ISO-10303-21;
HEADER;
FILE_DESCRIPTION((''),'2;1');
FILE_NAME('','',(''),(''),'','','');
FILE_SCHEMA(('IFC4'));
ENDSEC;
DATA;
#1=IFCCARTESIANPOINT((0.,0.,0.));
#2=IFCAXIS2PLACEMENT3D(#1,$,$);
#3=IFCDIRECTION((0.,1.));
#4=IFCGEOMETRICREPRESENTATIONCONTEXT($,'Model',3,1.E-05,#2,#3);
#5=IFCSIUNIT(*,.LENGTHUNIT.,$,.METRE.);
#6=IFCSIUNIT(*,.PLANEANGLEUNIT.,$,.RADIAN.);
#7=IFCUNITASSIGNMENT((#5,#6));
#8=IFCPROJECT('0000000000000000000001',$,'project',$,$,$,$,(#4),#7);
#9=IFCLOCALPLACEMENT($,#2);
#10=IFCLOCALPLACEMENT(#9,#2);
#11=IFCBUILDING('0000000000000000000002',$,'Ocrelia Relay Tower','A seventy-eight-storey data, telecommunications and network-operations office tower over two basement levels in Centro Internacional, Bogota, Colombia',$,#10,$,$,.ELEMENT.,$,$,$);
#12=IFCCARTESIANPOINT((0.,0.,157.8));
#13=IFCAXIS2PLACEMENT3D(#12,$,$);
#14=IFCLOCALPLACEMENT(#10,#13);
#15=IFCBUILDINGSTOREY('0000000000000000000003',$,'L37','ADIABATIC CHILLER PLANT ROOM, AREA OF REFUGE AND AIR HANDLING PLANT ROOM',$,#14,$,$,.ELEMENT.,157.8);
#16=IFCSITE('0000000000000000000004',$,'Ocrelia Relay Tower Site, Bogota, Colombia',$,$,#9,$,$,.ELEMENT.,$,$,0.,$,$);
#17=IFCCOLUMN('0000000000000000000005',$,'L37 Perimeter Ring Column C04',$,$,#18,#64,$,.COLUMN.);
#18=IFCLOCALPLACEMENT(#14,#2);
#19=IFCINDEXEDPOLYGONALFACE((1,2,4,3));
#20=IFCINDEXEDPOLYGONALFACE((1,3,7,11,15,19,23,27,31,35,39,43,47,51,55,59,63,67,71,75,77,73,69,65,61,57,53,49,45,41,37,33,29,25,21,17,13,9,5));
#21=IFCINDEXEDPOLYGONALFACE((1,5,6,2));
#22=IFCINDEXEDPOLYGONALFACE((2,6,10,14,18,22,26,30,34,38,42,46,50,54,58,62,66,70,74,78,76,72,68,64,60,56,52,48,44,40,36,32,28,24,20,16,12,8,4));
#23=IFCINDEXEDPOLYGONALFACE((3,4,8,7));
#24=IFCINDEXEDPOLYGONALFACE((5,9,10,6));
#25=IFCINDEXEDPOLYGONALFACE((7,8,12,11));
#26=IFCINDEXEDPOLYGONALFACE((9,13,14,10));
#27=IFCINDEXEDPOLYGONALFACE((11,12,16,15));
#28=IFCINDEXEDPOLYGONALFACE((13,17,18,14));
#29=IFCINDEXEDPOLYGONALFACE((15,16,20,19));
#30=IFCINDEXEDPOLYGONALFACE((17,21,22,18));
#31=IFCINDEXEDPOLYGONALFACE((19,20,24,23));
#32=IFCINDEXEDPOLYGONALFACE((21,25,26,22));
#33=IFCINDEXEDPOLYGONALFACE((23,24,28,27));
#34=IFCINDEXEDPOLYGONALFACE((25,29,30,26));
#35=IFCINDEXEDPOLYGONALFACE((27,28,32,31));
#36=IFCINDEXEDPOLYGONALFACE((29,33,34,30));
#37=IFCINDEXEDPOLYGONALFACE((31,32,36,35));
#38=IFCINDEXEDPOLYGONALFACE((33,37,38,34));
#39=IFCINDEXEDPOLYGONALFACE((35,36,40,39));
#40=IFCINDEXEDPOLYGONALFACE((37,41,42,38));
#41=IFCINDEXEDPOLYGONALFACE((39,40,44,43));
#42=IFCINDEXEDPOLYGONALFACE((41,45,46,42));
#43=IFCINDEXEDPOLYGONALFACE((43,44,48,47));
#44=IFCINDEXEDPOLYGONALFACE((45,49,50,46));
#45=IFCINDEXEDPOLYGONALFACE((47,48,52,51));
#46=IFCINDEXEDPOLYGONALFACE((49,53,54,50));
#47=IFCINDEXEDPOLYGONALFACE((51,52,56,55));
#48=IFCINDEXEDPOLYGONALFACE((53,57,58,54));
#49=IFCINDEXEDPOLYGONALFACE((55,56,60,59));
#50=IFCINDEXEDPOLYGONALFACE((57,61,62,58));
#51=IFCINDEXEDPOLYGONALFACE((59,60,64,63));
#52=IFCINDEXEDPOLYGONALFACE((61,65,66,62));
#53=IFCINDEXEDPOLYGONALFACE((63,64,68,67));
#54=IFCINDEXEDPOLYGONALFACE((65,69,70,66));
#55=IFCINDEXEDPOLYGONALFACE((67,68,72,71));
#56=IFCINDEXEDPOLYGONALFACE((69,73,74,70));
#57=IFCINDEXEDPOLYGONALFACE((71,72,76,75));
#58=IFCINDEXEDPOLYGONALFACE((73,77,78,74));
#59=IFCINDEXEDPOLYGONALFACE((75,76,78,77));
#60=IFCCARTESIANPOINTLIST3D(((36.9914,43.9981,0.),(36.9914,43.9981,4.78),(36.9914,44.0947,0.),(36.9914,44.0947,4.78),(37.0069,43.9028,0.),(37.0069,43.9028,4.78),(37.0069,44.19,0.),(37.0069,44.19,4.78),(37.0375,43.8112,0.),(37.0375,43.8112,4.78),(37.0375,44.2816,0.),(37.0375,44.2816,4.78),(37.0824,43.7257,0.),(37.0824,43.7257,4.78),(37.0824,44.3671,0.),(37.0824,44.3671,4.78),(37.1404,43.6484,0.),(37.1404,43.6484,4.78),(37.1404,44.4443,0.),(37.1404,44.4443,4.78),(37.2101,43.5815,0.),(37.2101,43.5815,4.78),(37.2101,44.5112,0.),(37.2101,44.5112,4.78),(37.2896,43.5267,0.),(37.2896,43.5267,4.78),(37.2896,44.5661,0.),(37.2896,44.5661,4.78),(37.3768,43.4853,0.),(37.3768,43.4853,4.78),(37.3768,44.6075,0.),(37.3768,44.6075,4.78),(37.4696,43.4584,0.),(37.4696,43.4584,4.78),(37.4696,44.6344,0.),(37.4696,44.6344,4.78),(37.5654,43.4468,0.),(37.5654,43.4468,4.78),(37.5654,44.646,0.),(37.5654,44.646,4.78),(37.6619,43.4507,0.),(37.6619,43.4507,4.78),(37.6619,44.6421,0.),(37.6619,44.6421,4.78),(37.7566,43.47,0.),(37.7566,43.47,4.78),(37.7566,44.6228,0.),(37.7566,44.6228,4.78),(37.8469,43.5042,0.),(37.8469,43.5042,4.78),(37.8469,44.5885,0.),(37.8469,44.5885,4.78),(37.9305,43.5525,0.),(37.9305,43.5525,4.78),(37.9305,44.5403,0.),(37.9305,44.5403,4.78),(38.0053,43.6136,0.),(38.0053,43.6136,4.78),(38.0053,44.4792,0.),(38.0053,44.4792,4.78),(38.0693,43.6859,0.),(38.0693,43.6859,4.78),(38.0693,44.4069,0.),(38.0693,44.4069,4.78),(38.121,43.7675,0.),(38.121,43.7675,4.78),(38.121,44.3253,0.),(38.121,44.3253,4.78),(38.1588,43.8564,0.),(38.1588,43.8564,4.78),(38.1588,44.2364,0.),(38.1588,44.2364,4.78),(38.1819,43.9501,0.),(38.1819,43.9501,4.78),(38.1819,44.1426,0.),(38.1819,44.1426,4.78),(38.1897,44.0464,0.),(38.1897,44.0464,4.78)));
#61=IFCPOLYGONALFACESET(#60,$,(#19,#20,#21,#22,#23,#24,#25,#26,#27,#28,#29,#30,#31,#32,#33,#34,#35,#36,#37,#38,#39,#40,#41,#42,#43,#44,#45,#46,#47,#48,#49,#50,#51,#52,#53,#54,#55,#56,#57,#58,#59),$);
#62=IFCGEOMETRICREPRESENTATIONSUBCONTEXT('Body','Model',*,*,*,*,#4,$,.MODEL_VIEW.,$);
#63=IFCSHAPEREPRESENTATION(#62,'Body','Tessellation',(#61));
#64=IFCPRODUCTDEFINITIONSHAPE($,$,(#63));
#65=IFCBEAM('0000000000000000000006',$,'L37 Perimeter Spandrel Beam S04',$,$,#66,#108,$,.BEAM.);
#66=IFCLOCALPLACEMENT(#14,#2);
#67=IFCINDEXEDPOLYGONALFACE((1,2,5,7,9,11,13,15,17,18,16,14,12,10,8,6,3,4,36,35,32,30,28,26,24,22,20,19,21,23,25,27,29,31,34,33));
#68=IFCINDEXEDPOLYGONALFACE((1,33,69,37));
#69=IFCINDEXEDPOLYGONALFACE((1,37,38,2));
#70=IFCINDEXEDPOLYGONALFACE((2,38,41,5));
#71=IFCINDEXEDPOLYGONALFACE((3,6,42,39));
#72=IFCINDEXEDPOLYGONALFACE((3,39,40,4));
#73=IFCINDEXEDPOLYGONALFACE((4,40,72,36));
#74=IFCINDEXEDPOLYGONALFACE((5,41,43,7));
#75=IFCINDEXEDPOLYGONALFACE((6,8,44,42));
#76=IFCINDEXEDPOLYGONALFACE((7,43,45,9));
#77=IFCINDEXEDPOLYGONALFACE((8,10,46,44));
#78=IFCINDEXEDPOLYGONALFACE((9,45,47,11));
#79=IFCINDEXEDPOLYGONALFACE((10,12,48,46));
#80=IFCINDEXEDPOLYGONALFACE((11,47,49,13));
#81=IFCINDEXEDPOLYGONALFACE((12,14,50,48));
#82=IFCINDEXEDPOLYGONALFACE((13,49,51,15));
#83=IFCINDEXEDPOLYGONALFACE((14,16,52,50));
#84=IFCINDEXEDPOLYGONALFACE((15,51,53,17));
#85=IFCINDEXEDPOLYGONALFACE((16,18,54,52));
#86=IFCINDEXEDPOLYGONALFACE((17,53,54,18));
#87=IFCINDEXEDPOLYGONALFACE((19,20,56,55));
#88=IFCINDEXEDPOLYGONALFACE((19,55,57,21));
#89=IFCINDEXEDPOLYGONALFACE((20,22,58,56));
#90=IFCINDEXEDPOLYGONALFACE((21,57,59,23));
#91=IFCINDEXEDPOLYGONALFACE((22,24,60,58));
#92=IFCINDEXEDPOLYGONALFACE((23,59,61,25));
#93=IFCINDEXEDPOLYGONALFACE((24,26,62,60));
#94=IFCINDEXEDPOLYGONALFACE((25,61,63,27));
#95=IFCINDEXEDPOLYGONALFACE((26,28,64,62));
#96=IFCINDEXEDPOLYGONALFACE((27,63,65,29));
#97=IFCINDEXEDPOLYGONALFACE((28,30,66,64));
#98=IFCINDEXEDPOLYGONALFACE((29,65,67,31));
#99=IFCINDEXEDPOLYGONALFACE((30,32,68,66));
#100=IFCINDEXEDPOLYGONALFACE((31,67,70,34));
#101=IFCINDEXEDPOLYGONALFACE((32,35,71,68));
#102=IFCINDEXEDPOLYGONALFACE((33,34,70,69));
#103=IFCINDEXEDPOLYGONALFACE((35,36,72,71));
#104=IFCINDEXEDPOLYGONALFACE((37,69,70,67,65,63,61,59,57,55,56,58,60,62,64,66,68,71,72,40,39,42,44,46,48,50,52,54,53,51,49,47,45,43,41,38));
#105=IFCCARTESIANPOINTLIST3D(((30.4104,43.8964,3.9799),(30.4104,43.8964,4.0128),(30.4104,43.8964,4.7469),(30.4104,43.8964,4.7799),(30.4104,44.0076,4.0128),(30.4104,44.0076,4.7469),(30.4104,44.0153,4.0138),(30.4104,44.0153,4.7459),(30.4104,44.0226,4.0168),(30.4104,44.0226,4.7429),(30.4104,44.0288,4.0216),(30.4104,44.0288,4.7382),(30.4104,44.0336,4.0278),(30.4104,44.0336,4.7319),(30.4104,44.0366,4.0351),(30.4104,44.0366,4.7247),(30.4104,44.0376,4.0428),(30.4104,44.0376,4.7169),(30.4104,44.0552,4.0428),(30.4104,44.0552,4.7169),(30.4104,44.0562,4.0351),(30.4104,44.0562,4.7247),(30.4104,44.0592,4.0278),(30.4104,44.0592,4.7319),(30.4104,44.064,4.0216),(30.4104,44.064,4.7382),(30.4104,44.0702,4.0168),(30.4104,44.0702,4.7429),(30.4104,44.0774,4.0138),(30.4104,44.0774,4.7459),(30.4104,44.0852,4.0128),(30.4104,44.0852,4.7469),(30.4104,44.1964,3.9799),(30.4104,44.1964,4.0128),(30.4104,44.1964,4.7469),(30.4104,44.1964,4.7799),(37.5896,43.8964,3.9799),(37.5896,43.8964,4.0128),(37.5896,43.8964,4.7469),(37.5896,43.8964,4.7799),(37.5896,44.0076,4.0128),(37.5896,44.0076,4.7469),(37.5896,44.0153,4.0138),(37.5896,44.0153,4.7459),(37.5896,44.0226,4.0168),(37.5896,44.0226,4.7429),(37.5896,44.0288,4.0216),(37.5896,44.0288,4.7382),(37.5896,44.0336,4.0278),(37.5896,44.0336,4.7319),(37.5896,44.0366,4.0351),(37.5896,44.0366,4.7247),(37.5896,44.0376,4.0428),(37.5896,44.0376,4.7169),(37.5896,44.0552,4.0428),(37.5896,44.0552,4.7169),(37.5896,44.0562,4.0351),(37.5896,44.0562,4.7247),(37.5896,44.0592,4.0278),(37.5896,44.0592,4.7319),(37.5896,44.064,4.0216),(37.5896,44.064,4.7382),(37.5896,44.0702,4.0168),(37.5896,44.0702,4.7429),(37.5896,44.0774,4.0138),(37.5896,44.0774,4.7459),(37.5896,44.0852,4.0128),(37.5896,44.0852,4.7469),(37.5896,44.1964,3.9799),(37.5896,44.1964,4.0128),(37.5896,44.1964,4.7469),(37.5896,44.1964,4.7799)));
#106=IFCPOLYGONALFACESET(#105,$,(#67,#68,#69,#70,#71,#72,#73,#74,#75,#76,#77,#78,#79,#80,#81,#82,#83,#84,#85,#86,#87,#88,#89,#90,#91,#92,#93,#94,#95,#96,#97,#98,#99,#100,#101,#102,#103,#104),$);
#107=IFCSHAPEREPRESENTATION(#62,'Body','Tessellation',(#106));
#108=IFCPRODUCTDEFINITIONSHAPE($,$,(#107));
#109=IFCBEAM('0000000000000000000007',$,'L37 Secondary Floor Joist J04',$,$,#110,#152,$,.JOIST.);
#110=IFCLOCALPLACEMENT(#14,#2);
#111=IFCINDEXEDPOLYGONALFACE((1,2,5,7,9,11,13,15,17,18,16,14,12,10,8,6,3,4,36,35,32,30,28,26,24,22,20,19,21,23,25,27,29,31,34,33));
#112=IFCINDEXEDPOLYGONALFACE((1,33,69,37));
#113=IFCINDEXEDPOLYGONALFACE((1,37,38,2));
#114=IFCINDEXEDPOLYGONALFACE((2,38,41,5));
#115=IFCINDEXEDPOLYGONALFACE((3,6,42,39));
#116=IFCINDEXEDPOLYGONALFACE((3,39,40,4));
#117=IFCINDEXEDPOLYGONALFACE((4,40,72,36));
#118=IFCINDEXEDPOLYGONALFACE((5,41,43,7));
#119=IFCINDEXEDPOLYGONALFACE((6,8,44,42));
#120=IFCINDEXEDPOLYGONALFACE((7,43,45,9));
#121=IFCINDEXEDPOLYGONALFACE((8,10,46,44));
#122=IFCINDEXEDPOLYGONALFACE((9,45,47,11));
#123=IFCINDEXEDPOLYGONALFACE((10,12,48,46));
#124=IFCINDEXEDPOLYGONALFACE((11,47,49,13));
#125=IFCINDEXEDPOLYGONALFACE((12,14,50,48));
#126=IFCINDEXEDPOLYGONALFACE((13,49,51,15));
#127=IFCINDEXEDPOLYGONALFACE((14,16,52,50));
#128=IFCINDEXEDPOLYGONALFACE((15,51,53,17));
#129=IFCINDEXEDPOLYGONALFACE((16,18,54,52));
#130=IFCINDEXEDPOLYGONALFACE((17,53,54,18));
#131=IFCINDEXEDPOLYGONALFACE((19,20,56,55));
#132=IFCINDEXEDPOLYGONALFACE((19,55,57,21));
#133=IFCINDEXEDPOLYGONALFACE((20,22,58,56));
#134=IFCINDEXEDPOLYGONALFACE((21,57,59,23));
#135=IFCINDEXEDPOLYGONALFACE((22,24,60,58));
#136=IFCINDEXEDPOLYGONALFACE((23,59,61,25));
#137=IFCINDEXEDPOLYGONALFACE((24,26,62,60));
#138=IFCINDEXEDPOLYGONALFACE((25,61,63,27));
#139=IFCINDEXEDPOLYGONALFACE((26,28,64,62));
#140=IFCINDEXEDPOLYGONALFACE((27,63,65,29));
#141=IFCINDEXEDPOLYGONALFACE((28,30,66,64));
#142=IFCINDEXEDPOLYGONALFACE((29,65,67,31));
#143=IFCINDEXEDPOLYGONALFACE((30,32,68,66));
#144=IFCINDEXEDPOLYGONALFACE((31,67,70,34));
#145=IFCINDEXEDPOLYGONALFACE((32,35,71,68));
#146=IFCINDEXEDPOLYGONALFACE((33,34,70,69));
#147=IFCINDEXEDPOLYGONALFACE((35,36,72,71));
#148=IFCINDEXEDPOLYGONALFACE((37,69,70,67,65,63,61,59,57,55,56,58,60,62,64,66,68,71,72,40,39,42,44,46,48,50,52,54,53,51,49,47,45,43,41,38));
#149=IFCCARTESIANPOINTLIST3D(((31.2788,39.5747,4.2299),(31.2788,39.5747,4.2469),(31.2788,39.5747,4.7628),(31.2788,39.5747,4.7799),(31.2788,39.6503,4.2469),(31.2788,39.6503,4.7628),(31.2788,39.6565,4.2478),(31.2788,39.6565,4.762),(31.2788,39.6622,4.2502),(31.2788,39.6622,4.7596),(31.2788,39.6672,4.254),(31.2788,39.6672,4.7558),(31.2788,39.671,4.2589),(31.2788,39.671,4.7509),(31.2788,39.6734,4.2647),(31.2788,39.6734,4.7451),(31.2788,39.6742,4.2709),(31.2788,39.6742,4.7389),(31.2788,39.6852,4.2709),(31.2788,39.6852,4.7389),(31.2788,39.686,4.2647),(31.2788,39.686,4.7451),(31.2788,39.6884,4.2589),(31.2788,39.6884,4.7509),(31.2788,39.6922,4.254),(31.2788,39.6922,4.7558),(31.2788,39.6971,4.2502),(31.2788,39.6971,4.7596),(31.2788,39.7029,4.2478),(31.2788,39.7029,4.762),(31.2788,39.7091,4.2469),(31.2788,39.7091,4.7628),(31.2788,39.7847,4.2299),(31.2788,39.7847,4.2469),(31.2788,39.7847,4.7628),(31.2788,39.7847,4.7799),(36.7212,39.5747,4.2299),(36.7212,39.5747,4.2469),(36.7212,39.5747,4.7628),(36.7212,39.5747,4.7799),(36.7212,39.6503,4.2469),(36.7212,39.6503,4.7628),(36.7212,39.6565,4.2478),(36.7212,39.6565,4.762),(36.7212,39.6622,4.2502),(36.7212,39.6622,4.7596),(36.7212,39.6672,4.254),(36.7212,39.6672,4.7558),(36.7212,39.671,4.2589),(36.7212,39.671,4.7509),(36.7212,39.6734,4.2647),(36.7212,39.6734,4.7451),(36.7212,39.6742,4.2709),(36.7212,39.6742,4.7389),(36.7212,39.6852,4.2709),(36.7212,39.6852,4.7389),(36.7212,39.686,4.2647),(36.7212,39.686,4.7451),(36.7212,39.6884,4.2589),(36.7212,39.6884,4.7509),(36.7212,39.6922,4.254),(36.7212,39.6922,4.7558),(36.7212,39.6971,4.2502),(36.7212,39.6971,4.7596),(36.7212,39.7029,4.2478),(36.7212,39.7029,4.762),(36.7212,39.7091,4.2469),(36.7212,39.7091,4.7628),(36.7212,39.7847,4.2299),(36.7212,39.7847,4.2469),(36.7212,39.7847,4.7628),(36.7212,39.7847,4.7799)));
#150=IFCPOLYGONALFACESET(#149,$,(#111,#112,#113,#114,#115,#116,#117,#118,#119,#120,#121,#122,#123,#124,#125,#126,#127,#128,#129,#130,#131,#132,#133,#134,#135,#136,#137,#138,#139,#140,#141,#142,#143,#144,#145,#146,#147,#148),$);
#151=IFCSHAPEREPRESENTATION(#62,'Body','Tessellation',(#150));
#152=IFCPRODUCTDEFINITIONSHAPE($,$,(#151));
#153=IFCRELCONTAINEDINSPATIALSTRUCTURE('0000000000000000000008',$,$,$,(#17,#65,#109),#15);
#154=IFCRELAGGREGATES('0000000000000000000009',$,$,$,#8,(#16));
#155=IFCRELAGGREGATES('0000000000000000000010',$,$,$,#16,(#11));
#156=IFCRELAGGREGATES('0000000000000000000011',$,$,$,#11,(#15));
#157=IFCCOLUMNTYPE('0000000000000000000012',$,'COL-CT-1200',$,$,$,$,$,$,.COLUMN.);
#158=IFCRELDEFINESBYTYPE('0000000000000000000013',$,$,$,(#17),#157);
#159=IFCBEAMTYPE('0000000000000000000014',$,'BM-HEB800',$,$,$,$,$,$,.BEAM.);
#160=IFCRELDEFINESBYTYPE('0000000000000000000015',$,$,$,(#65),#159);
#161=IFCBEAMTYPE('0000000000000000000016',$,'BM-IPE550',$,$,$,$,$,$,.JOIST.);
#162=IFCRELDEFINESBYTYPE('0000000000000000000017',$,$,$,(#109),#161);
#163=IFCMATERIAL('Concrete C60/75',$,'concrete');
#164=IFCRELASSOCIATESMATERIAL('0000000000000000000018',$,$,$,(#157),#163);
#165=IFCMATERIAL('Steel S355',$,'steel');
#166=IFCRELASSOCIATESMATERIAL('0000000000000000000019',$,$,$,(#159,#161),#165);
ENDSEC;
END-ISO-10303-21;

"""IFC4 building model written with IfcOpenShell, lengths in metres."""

from ifc_helpers import new_model, si_unit, direction, frame, origin, origin_2d, place, context, subcontext, project, spatial, circle, i_section, extrude, material, material_profile, profile_set, type_object, element, save


model = new_model("IFC4")

# Units and contexts
model_context = context("Model", 3, precision=1e-05, world=origin(), true_north=direction((0.0, 1.0)))
body_context = subcontext(model_context, "Body", "Model", "MODEL_VIEW")
ifc_project = project(units=[si_unit("LENGTHUNIT", "METRE"), si_unit("PLANEANGLEUNIT", "RADIAN")], contexts=[model_context])

# Site, building, storey
site_placement = place(None, origin())
site = spatial("IfcSite", under=ifc_project, at=site_placement, Name="Ocrelia Relay Tower Site, Bogota, Colombia", CompositionType="ELEMENT", RefElevation=0.0)
building_placement = place(site_placement, origin())
building = spatial("IfcBuilding", under=site, at=building_placement, Name="Ocrelia Relay Tower", Description="A seventy-eight-storey data, telecommunications and network-operations office tower over two basement levels in Centro Internacional, Bogota, Colombia", CompositionType="ELEMENT")
storey_placement = place(building_placement, frame((0.0, 0.0, 157.8)))
storey = spatial("IfcBuildingStorey", under=building, at=storey_placement, Name="L37", Description="ADIABATIC CHILLER PLANT ROOM, AREA OF REFUGE AND AIR HANDLING PLANT ROOM", CompositionType="ELEMENT", Elevation=157.8)

# Column
ifc_material_1 = material(Name="Concrete C60/75", Category="concrete")
ifc_material_profile_1 = material_profile(ifc_material_1, circle(Radius=0.6001, at=origin_2d()), Name="RC-CIR-1200")
ifc_profile_set_1 = profile_set([ifc_material_profile_1], Name="Concrete C60/75")
column_type = type_object("IfcColumnType", Name="COL-CT-1200", PredefinedType="COLUMN", material=ifc_profile_set_1)
column_placement = place(storey_placement, frame((37.5896, 44.0464, 0.0), z_axis=(0.0, 0.0, 1.0), x_axis=(1.0, 0.0, 0.0)))
element("IfcColumn", 1, at=column_placement, inside=storey, type_object=column_type, Name="L37 Perimeter Ring Column C04", PredefinedType="COLUMN", context=body_context, shape_type="SweptSolid", body=[
    extrude(circle(Radius=0.6001, at=origin_2d()), origin(), (0.0, 0.0, 1.0), 4.78),
])

# Beams
ifc_material_2 = material(Name="Steel S355", Category="steel")
ifc_material_profile_2 = material_profile(ifc_material_2, i_section(OverallWidth=0.3, OverallDepth=0.8, WebThickness=0.0176, FlangeThickness=0.033, FilletRadius=0.03, at=origin_2d()), Name="HEB 800")
ifc_profile_set_2 = profile_set([ifc_material_profile_2], Name="Steel S355")
beam_type_1 = type_object("IfcBeamType", Name="BM-HEB800", PredefinedType="BEAM", material=ifc_profile_set_2)
beam_1_placement = place(storey_placement, frame((37.5896, 44.0464, 4.3799), z_axis=(-1.0, 0.0, 0.0), x_axis=(0.0, -1.0, 0.0)))
element("IfcBeam", 2, at=beam_1_placement, inside=storey, type_object=beam_type_1, Name="L37 Perimeter Spandrel Beam S04", PredefinedType="BEAM", context=body_context, shape_type="SweptSolid", body=[
    extrude(i_section(OverallWidth=0.3, OverallDepth=0.8, WebThickness=0.0176, FlangeThickness=0.033, FilletRadius=0.03, at=origin_2d()), origin(), (0.0, 0.0, 1.0), 7.1792),
])
ifc_material_profile_3 = material_profile(ifc_material_2, i_section(OverallWidth=0.21, OverallDepth=0.55, WebThickness=0.011, FlangeThickness=0.0171, FilletRadius=0.0239, at=origin_2d()), Name="IPE 550")
ifc_profile_set_3 = profile_set([ifc_material_profile_3], Name="Steel S355")
beam_type_2 = type_object("IfcBeamType", Name="BM-IPE550", PredefinedType="JOIST", material=ifc_profile_set_3)
beam_2_placement = place(storey_placement, frame((36.7212, 39.6797, 4.5049), z_axis=(-1.0, 0.0, 0.0), x_axis=(0.0, -1.0, 0.0)))
element("IfcBeam", 3, at=beam_2_placement, inside=storey, type_object=beam_type_2, Name="L37 Secondary Floor Joist J04", PredefinedType="JOIST", context=body_context, shape_type="SweptSolid", body=[
    extrude(i_section(OverallWidth=0.21, OverallDepth=0.55, WebThickness=0.011, FlangeThickness=0.0171, FilletRadius=0.0239, at=origin_2d()), origin(), (0.0, 0.0, 1.0), 5.4424),
])

save(model, "model.ifc")
